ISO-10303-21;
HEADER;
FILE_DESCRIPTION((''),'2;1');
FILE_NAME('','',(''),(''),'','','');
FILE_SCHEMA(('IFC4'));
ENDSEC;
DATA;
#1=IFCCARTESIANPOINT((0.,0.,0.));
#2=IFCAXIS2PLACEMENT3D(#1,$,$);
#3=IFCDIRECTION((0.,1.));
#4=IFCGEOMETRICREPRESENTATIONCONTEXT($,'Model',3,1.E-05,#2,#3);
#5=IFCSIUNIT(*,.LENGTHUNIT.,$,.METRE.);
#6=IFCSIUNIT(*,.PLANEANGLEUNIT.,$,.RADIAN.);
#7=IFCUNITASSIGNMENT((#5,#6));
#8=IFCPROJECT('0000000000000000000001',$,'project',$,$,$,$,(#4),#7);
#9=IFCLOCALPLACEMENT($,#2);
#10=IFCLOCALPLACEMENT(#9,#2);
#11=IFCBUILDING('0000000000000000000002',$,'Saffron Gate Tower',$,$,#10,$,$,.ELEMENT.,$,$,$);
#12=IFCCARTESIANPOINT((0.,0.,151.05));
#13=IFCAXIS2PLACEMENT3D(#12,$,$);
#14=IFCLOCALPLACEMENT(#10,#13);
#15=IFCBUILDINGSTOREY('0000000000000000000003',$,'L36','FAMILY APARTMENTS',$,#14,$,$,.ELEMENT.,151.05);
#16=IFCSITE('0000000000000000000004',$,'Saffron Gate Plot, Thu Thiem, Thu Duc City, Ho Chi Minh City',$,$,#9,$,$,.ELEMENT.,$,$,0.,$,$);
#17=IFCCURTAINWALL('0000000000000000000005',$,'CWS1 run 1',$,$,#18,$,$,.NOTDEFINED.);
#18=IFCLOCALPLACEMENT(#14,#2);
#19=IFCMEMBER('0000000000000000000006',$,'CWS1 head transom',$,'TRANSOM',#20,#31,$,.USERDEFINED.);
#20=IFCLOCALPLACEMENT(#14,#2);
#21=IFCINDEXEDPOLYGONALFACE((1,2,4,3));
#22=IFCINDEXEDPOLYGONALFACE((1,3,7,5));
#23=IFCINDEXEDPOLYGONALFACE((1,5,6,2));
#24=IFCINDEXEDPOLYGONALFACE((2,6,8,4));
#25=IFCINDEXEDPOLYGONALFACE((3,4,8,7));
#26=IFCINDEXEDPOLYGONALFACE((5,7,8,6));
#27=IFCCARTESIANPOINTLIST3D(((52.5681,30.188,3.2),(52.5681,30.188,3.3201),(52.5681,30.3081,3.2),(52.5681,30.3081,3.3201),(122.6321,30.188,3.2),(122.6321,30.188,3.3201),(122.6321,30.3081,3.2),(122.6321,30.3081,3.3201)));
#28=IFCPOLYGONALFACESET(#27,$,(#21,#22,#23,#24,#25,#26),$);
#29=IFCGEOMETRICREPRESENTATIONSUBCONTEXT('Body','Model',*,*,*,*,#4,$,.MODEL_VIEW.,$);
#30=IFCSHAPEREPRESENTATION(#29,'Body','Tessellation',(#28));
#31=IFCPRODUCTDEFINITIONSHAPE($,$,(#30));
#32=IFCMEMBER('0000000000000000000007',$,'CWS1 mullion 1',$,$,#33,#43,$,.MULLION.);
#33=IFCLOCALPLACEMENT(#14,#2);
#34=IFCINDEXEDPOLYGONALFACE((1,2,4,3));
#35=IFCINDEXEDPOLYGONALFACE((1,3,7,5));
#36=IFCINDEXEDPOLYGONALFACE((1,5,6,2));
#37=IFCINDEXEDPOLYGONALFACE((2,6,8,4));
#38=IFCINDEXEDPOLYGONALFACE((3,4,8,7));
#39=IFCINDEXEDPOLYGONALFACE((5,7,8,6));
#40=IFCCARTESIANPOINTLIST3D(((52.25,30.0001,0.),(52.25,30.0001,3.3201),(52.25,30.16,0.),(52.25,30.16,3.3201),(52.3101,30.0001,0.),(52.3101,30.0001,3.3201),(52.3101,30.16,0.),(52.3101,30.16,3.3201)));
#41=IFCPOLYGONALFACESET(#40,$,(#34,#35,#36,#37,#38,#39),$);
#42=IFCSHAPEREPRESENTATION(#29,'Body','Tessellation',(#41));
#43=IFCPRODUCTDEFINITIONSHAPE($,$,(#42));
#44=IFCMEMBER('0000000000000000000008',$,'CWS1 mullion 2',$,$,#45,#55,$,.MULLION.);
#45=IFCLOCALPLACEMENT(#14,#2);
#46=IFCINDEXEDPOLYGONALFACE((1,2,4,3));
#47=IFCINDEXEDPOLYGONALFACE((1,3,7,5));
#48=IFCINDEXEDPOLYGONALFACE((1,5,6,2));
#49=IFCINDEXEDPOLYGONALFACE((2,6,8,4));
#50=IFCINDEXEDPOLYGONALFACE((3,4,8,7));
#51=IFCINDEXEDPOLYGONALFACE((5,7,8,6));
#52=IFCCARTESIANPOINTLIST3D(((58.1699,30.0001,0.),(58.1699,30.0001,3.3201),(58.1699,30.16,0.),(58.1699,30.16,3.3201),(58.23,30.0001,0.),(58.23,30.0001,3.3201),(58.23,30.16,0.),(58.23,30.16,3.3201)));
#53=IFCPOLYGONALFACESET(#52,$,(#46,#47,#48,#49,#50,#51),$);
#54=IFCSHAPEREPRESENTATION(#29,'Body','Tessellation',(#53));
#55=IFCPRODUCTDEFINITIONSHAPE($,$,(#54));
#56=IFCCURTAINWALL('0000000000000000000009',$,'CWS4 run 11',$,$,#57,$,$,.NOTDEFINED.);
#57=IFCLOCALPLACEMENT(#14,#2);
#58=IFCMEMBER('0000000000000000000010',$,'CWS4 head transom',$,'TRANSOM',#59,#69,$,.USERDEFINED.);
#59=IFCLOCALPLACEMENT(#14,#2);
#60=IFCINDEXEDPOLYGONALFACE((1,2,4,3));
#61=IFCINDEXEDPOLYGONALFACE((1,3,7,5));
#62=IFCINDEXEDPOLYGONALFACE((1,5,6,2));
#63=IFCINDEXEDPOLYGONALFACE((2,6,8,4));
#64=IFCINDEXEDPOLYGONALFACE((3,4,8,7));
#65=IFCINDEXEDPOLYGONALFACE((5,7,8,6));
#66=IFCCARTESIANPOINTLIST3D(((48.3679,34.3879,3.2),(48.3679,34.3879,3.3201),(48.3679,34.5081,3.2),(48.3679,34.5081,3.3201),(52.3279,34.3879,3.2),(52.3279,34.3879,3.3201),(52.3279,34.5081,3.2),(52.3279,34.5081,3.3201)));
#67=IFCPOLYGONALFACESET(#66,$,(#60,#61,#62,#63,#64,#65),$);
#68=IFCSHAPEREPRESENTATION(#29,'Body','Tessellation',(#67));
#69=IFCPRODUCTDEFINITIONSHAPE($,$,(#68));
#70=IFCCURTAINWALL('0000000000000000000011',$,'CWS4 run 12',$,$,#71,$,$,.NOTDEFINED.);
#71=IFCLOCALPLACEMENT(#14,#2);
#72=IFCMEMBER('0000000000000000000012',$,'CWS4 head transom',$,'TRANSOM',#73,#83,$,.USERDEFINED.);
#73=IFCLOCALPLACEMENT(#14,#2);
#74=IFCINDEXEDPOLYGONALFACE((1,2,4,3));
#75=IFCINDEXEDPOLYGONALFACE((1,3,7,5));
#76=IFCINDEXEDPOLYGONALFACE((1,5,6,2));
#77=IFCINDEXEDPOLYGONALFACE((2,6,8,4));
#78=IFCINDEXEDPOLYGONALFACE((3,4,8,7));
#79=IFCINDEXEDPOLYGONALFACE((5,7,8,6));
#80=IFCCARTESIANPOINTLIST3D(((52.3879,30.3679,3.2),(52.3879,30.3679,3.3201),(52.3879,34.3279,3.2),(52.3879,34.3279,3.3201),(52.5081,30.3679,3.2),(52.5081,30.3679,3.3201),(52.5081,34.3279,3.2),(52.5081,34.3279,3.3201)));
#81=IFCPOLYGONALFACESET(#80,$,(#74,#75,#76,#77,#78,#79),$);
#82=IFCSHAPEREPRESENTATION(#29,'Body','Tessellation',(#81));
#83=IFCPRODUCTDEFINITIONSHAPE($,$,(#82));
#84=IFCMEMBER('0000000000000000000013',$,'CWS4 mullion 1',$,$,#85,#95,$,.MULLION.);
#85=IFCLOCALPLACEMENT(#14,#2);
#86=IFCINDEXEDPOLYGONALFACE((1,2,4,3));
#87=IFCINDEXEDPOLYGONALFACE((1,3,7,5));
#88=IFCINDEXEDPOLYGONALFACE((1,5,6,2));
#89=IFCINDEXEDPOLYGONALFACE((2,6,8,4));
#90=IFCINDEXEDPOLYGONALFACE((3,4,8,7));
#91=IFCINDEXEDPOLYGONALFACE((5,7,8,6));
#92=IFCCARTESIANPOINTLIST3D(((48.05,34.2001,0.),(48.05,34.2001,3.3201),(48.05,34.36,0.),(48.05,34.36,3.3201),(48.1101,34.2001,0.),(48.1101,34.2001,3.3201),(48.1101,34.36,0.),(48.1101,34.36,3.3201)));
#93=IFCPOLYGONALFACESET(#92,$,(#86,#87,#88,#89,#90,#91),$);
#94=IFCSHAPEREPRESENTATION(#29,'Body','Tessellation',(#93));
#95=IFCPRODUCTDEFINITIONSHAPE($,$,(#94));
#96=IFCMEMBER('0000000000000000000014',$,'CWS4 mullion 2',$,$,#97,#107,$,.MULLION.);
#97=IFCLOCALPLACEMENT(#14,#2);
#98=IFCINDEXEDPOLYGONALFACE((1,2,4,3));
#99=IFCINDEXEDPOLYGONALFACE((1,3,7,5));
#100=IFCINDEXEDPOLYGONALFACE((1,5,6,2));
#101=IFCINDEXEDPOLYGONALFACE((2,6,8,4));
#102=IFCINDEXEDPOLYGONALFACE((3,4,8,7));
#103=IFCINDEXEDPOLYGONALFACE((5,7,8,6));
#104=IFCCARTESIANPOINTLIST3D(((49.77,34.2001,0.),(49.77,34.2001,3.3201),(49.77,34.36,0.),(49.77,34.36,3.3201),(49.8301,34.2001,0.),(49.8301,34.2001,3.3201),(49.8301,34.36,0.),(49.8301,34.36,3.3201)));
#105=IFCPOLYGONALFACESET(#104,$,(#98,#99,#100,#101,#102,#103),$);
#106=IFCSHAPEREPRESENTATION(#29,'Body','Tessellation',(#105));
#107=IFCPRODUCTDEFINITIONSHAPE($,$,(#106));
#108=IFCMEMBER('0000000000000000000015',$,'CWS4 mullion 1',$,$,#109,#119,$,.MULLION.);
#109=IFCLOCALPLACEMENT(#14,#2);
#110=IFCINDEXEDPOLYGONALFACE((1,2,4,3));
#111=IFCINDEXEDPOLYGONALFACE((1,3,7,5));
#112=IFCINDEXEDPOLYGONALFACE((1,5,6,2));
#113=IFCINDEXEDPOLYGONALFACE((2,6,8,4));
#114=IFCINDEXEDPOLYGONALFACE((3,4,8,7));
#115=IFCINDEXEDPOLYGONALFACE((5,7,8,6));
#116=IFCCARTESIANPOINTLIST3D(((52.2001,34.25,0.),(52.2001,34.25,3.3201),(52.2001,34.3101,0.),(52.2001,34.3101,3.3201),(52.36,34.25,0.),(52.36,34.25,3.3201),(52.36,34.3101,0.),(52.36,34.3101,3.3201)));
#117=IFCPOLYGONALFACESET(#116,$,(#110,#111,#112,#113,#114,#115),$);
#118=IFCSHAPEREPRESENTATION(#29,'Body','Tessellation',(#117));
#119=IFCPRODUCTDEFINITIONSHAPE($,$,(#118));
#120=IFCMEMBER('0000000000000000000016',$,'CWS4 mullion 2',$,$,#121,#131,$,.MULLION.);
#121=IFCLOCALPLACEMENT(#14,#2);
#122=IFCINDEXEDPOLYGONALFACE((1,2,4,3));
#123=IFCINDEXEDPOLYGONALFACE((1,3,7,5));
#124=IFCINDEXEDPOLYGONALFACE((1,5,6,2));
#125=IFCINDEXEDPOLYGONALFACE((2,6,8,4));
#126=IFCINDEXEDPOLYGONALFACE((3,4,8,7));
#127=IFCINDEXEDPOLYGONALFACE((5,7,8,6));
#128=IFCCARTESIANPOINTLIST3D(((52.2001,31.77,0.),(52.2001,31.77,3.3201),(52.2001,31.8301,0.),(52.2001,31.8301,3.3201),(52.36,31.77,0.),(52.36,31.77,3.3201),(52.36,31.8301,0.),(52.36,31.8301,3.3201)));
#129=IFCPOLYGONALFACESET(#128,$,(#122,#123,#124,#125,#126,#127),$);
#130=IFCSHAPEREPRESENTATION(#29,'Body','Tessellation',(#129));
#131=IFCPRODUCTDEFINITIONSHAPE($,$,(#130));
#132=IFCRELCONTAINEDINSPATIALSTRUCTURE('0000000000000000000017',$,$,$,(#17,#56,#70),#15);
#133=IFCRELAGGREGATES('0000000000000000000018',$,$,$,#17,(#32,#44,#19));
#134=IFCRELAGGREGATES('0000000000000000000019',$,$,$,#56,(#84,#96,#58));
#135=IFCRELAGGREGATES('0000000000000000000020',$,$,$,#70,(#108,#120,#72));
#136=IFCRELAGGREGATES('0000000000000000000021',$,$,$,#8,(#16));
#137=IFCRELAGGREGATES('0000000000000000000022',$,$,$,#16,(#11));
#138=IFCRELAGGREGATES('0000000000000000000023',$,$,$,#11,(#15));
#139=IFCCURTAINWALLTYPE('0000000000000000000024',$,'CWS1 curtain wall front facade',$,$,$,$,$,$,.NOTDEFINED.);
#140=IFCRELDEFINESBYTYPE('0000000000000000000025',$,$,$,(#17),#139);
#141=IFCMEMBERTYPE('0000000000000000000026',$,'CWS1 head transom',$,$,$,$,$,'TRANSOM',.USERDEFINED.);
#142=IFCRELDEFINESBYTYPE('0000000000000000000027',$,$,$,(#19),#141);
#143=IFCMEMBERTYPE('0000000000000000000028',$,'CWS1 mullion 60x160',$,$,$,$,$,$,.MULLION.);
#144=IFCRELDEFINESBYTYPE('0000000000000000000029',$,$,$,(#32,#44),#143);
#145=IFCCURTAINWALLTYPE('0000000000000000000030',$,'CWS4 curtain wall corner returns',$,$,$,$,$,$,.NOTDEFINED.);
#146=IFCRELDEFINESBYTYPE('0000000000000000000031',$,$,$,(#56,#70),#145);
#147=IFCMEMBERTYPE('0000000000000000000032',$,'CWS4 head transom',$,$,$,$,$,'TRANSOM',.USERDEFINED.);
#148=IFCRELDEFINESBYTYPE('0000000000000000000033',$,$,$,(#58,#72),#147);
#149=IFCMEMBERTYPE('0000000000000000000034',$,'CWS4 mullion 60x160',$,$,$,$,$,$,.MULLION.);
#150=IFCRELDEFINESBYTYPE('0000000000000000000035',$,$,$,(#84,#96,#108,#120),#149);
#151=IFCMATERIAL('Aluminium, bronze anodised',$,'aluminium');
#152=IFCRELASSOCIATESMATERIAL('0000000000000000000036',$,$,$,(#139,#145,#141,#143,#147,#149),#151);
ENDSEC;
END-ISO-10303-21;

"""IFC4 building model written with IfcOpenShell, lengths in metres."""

from ifc_helpers import new_model, si_unit, direction, frame, origin, origin_2d, place, context, subcontext, project, spatial, rectangle, extrude, material, material_profile, profile_set, type_object, element, aggregate, save


model = new_model("IFC4")

# Units and contexts
model_context = context("Model", 3, precision=1e-05, world=origin(), true_north=direction((0.0, 1.0)))
body_context = subcontext(model_context, "Body", "Model", "MODEL_VIEW")
ifc_project = project(units=[si_unit("LENGTHUNIT", "METRE"), si_unit("PLANEANGLEUNIT", "RADIAN")], contexts=[model_context])

# Site, building, storey
site_placement = place(None, origin())
site = spatial("IfcSite", under=ifc_project, at=site_placement, Name="Saffron Gate Plot, Thu Thiem, Thu Duc City, Ho Chi Minh City", CompositionType="ELEMENT", RefElevation=0.0)
building_placement = place(site_placement, origin())
building = spatial("IfcBuilding", under=site, at=building_placement, Name="Saffron Gate Tower", CompositionType="ELEMENT")
storey_placement = place(building_placement, frame((0.0, 0.0, 151.05)))
storey = spatial("IfcBuildingStorey", under=building, at=storey_placement, Name="L36", Description="FAMILY APARTMENTS", CompositionType="ELEMENT", Elevation=151.05)

# Curtain wall, members
ifc_material_1 = material(Name="Aluminium, bronze anodised", Category="aluminium")
curtain_wall_type_1 = type_object("IfcCurtainWallType", Name="CWS1 curtain wall front facade", PredefinedType="NOTDEFINED", material=ifc_material_1)
curtain_wall_1_placement = place(storey_placement, origin())
curtain_wall_1 = element("IfcCurtainWall", 1, at=curtain_wall_1_placement, inside=storey, type_object=curtain_wall_type_1, Name="CWS1 run 1", PredefinedType="NOTDEFINED")
ifc_material_profile_1 = material_profile(ifc_material_1, rectangle(XDim=0.1201, YDim=0.1201, at=origin_2d()))
ifc_profile_set_1 = profile_set([ifc_material_profile_1], Name="Aluminium, bronze anodised")
member_type_1 = type_object("IfcMemberType", Name="CWS1 head transom", ElementType="TRANSOM", PredefinedType="USERDEFINED", material=ifc_profile_set_1)
member_1_placement = place(storey_placement, frame((52.5681, 30.248, 3.26), z_axis=(1.0, 0.0, 0.0), x_axis=(0.0, 1.0, 0.0)))
member_1 = element("IfcMember", 2, at=member_1_placement, type_object=member_type_1, Name="CWS1 head transom", ObjectType="TRANSOM", PredefinedType="USERDEFINED", context=body_context, shape_type="SweptSolid", body=[
    extrude(rectangle(XDim=0.1201, YDim=0.1201, at=origin_2d()), origin(), (0.0, 0.0, 1.0), 70.064),
])
ifc_material_profile_2 = material_profile(ifc_material_1, rectangle(XDim=0.1599, YDim=0.0601, at=origin_2d()))
ifc_profile_set_2 = profile_set([ifc_material_profile_2], Name="Aluminium, bronze anodised")
member_type_2 = type_object("IfcMemberType", Name="CWS1 mullion 60x160", PredefinedType="MULLION", material=ifc_profile_set_2)
member_2_placement = place(storey_placement, frame((52.28, 30.0801, 0.0), z_axis=(0.0, 0.0, 1.0), x_axis=(0.0, 1.0, 0.0)))
member_2 = element("IfcMember", 3, at=member_2_placement, type_object=member_type_2, Name="CWS1 mullion 1", PredefinedType="MULLION", context=body_context, shape_type="SweptSolid", body=[
    extrude(rectangle(XDim=0.1599, YDim=0.0601, at=origin_2d()), origin(), (0.0, 0.0, 1.0), 3.3201),
])
member_3_placement = place(storey_placement, frame((58.2, 30.0801, 0.0), z_axis=(0.0, 0.0, 1.0), x_axis=(0.0, 1.0, 0.0)))
member_3 = element("IfcMember", 4, at=member_3_placement, type_object=member_type_2, Name="CWS1 mullion 2", PredefinedType="MULLION", context=body_context, shape_type="SweptSolid", body=[
    extrude(rectangle(XDim=0.1599, YDim=0.0601, at=origin_2d()), origin(), (0.0, 0.0, 1.0), 3.3201),
])

# Curtain walls, members
curtain_wall_type_2 = type_object("IfcCurtainWallType", Name="CWS4 curtain wall corner returns", PredefinedType="NOTDEFINED", material=ifc_material_1)
curtain_wall_2_placement = place(storey_placement, origin())
curtain_wall_2 = element("IfcCurtainWall", 5, at=curtain_wall_2_placement, inside=storey, type_object=curtain_wall_type_2, Name="CWS4 run 11", PredefinedType="NOTDEFINED")
ifc_material_profile_3 = material_profile(ifc_material_1, rectangle(XDim=0.1201, YDim=0.1201, at=origin_2d()))
ifc_profile_set_3 = profile_set([ifc_material_profile_3], Name="Aluminium, bronze anodised")
member_type_3 = type_object("IfcMemberType", Name="CWS4 head transom", ElementType="TRANSOM", PredefinedType="USERDEFINED", material=ifc_profile_set_3)
member_4_placement = place(storey_placement, frame((48.3679, 34.448, 3.26), z_axis=(1.0, 0.0, 0.0), x_axis=(0.0, 1.0, 0.0)))
member_4 = element("IfcMember", 6, at=member_4_placement, type_object=member_type_3, Name="CWS4 head transom", ObjectType="TRANSOM", PredefinedType="USERDEFINED", context=body_context, shape_type="SweptSolid", body=[
    extrude(rectangle(XDim=0.1201, YDim=0.1201, at=origin_2d()), origin(), (0.0, 0.0, 1.0), 3.96),
])
curtain_wall_3_placement = place(storey_placement, origin())
curtain_wall_3 = element("IfcCurtainWall", 7, at=curtain_wall_3_placement, inside=storey, type_object=curtain_wall_type_2, Name="CWS4 run 12", PredefinedType="NOTDEFINED")
member_5_placement = place(storey_placement, frame((52.448, 34.3279, 3.26), z_axis=(0.0, -1.0, 0.0), x_axis=(1.0, 0.0, 0.0)))
member_5 = element("IfcMember", 8, at=member_5_placement, type_object=member_type_3, Name="CWS4 head transom", ObjectType="TRANSOM", PredefinedType="USERDEFINED", context=body_context, shape_type="SweptSolid", body=[
    extrude(rectangle(XDim=0.1201, YDim=0.1201, at=origin_2d()), origin(), (0.0, 0.0, 1.0), 3.96),
])

# Members
ifc_material_profile_4 = material_profile(ifc_material_1, rectangle(XDim=0.1599, YDim=0.0601, at=origin_2d()))
ifc_profile_set_4 = profile_set([ifc_material_profile_4], Name="Aluminium, bronze anodised")
member_type_4 = type_object("IfcMemberType", Name="CWS4 mullion 60x160", PredefinedType="MULLION", material=ifc_profile_set_4)
member_6_placement = place(storey_placement, frame((48.0801, 34.28, 0.0), z_axis=(0.0, 0.0, 1.0), x_axis=(0.0, 1.0, 0.0)))
member_6 = element("IfcMember", 9, at=member_6_placement, type_object=member_type_4, Name="CWS4 mullion 1", PredefinedType="MULLION", context=body_context, shape_type="SweptSolid", body=[
    extrude(rectangle(XDim=0.1599, YDim=0.0601, at=origin_2d()), origin(), (0.0, 0.0, 1.0), 3.3201),
])
member_7_placement = place(storey_placement, frame((49.8, 34.28, 0.0), z_axis=(0.0, 0.0, 1.0), x_axis=(0.0, 1.0, 0.0)))
member_7 = element("IfcMember", 10, at=member_7_placement, type_object=member_type_4, Name="CWS4 mullion 2", PredefinedType="MULLION", context=body_context, shape_type="SweptSolid", body=[
    extrude(rectangle(XDim=0.1599, YDim=0.0601, at=origin_2d()), origin(), (0.0, 0.0, 1.0), 3.3201),
])
member_8_placement = place(storey_placement, frame((52.28, 34.28, 0.0), z_axis=(0.0, 0.0, 1.0), x_axis=(1.0, 0.0, 0.0)))
member_8 = element("IfcMember", 11, at=member_8_placement, type_object=member_type_4, Name="CWS4 mullion 1", PredefinedType="MULLION", context=body_context, shape_type="SweptSolid", body=[
    extrude(rectangle(XDim=0.1599, YDim=0.0601, at=origin_2d()), origin(), (0.0, 0.0, 1.0), 3.3201),
])
member_9_placement = place(storey_placement, frame((52.28, 31.8, 0.0), z_axis=(0.0, 0.0, 1.0), x_axis=(1.0, 0.0, 0.0)))
member_9 = element("IfcMember", 12, at=member_9_placement, type_object=member_type_4, Name="CWS4 mullion 2", PredefinedType="MULLION", context=body_context, shape_type="SweptSolid", body=[
    extrude(rectangle(XDim=0.1599, YDim=0.0601, at=origin_2d()), origin(), (0.0, 0.0, 1.0), 3.3201),
])

aggregate(curtain_wall_1, [member_2, member_3, member_1])

aggregate(curtain_wall_2, [member_6, member_7, member_4])
aggregate(curtain_wall_3, [member_8, member_9, member_5])

save(model, "model.ifc")
